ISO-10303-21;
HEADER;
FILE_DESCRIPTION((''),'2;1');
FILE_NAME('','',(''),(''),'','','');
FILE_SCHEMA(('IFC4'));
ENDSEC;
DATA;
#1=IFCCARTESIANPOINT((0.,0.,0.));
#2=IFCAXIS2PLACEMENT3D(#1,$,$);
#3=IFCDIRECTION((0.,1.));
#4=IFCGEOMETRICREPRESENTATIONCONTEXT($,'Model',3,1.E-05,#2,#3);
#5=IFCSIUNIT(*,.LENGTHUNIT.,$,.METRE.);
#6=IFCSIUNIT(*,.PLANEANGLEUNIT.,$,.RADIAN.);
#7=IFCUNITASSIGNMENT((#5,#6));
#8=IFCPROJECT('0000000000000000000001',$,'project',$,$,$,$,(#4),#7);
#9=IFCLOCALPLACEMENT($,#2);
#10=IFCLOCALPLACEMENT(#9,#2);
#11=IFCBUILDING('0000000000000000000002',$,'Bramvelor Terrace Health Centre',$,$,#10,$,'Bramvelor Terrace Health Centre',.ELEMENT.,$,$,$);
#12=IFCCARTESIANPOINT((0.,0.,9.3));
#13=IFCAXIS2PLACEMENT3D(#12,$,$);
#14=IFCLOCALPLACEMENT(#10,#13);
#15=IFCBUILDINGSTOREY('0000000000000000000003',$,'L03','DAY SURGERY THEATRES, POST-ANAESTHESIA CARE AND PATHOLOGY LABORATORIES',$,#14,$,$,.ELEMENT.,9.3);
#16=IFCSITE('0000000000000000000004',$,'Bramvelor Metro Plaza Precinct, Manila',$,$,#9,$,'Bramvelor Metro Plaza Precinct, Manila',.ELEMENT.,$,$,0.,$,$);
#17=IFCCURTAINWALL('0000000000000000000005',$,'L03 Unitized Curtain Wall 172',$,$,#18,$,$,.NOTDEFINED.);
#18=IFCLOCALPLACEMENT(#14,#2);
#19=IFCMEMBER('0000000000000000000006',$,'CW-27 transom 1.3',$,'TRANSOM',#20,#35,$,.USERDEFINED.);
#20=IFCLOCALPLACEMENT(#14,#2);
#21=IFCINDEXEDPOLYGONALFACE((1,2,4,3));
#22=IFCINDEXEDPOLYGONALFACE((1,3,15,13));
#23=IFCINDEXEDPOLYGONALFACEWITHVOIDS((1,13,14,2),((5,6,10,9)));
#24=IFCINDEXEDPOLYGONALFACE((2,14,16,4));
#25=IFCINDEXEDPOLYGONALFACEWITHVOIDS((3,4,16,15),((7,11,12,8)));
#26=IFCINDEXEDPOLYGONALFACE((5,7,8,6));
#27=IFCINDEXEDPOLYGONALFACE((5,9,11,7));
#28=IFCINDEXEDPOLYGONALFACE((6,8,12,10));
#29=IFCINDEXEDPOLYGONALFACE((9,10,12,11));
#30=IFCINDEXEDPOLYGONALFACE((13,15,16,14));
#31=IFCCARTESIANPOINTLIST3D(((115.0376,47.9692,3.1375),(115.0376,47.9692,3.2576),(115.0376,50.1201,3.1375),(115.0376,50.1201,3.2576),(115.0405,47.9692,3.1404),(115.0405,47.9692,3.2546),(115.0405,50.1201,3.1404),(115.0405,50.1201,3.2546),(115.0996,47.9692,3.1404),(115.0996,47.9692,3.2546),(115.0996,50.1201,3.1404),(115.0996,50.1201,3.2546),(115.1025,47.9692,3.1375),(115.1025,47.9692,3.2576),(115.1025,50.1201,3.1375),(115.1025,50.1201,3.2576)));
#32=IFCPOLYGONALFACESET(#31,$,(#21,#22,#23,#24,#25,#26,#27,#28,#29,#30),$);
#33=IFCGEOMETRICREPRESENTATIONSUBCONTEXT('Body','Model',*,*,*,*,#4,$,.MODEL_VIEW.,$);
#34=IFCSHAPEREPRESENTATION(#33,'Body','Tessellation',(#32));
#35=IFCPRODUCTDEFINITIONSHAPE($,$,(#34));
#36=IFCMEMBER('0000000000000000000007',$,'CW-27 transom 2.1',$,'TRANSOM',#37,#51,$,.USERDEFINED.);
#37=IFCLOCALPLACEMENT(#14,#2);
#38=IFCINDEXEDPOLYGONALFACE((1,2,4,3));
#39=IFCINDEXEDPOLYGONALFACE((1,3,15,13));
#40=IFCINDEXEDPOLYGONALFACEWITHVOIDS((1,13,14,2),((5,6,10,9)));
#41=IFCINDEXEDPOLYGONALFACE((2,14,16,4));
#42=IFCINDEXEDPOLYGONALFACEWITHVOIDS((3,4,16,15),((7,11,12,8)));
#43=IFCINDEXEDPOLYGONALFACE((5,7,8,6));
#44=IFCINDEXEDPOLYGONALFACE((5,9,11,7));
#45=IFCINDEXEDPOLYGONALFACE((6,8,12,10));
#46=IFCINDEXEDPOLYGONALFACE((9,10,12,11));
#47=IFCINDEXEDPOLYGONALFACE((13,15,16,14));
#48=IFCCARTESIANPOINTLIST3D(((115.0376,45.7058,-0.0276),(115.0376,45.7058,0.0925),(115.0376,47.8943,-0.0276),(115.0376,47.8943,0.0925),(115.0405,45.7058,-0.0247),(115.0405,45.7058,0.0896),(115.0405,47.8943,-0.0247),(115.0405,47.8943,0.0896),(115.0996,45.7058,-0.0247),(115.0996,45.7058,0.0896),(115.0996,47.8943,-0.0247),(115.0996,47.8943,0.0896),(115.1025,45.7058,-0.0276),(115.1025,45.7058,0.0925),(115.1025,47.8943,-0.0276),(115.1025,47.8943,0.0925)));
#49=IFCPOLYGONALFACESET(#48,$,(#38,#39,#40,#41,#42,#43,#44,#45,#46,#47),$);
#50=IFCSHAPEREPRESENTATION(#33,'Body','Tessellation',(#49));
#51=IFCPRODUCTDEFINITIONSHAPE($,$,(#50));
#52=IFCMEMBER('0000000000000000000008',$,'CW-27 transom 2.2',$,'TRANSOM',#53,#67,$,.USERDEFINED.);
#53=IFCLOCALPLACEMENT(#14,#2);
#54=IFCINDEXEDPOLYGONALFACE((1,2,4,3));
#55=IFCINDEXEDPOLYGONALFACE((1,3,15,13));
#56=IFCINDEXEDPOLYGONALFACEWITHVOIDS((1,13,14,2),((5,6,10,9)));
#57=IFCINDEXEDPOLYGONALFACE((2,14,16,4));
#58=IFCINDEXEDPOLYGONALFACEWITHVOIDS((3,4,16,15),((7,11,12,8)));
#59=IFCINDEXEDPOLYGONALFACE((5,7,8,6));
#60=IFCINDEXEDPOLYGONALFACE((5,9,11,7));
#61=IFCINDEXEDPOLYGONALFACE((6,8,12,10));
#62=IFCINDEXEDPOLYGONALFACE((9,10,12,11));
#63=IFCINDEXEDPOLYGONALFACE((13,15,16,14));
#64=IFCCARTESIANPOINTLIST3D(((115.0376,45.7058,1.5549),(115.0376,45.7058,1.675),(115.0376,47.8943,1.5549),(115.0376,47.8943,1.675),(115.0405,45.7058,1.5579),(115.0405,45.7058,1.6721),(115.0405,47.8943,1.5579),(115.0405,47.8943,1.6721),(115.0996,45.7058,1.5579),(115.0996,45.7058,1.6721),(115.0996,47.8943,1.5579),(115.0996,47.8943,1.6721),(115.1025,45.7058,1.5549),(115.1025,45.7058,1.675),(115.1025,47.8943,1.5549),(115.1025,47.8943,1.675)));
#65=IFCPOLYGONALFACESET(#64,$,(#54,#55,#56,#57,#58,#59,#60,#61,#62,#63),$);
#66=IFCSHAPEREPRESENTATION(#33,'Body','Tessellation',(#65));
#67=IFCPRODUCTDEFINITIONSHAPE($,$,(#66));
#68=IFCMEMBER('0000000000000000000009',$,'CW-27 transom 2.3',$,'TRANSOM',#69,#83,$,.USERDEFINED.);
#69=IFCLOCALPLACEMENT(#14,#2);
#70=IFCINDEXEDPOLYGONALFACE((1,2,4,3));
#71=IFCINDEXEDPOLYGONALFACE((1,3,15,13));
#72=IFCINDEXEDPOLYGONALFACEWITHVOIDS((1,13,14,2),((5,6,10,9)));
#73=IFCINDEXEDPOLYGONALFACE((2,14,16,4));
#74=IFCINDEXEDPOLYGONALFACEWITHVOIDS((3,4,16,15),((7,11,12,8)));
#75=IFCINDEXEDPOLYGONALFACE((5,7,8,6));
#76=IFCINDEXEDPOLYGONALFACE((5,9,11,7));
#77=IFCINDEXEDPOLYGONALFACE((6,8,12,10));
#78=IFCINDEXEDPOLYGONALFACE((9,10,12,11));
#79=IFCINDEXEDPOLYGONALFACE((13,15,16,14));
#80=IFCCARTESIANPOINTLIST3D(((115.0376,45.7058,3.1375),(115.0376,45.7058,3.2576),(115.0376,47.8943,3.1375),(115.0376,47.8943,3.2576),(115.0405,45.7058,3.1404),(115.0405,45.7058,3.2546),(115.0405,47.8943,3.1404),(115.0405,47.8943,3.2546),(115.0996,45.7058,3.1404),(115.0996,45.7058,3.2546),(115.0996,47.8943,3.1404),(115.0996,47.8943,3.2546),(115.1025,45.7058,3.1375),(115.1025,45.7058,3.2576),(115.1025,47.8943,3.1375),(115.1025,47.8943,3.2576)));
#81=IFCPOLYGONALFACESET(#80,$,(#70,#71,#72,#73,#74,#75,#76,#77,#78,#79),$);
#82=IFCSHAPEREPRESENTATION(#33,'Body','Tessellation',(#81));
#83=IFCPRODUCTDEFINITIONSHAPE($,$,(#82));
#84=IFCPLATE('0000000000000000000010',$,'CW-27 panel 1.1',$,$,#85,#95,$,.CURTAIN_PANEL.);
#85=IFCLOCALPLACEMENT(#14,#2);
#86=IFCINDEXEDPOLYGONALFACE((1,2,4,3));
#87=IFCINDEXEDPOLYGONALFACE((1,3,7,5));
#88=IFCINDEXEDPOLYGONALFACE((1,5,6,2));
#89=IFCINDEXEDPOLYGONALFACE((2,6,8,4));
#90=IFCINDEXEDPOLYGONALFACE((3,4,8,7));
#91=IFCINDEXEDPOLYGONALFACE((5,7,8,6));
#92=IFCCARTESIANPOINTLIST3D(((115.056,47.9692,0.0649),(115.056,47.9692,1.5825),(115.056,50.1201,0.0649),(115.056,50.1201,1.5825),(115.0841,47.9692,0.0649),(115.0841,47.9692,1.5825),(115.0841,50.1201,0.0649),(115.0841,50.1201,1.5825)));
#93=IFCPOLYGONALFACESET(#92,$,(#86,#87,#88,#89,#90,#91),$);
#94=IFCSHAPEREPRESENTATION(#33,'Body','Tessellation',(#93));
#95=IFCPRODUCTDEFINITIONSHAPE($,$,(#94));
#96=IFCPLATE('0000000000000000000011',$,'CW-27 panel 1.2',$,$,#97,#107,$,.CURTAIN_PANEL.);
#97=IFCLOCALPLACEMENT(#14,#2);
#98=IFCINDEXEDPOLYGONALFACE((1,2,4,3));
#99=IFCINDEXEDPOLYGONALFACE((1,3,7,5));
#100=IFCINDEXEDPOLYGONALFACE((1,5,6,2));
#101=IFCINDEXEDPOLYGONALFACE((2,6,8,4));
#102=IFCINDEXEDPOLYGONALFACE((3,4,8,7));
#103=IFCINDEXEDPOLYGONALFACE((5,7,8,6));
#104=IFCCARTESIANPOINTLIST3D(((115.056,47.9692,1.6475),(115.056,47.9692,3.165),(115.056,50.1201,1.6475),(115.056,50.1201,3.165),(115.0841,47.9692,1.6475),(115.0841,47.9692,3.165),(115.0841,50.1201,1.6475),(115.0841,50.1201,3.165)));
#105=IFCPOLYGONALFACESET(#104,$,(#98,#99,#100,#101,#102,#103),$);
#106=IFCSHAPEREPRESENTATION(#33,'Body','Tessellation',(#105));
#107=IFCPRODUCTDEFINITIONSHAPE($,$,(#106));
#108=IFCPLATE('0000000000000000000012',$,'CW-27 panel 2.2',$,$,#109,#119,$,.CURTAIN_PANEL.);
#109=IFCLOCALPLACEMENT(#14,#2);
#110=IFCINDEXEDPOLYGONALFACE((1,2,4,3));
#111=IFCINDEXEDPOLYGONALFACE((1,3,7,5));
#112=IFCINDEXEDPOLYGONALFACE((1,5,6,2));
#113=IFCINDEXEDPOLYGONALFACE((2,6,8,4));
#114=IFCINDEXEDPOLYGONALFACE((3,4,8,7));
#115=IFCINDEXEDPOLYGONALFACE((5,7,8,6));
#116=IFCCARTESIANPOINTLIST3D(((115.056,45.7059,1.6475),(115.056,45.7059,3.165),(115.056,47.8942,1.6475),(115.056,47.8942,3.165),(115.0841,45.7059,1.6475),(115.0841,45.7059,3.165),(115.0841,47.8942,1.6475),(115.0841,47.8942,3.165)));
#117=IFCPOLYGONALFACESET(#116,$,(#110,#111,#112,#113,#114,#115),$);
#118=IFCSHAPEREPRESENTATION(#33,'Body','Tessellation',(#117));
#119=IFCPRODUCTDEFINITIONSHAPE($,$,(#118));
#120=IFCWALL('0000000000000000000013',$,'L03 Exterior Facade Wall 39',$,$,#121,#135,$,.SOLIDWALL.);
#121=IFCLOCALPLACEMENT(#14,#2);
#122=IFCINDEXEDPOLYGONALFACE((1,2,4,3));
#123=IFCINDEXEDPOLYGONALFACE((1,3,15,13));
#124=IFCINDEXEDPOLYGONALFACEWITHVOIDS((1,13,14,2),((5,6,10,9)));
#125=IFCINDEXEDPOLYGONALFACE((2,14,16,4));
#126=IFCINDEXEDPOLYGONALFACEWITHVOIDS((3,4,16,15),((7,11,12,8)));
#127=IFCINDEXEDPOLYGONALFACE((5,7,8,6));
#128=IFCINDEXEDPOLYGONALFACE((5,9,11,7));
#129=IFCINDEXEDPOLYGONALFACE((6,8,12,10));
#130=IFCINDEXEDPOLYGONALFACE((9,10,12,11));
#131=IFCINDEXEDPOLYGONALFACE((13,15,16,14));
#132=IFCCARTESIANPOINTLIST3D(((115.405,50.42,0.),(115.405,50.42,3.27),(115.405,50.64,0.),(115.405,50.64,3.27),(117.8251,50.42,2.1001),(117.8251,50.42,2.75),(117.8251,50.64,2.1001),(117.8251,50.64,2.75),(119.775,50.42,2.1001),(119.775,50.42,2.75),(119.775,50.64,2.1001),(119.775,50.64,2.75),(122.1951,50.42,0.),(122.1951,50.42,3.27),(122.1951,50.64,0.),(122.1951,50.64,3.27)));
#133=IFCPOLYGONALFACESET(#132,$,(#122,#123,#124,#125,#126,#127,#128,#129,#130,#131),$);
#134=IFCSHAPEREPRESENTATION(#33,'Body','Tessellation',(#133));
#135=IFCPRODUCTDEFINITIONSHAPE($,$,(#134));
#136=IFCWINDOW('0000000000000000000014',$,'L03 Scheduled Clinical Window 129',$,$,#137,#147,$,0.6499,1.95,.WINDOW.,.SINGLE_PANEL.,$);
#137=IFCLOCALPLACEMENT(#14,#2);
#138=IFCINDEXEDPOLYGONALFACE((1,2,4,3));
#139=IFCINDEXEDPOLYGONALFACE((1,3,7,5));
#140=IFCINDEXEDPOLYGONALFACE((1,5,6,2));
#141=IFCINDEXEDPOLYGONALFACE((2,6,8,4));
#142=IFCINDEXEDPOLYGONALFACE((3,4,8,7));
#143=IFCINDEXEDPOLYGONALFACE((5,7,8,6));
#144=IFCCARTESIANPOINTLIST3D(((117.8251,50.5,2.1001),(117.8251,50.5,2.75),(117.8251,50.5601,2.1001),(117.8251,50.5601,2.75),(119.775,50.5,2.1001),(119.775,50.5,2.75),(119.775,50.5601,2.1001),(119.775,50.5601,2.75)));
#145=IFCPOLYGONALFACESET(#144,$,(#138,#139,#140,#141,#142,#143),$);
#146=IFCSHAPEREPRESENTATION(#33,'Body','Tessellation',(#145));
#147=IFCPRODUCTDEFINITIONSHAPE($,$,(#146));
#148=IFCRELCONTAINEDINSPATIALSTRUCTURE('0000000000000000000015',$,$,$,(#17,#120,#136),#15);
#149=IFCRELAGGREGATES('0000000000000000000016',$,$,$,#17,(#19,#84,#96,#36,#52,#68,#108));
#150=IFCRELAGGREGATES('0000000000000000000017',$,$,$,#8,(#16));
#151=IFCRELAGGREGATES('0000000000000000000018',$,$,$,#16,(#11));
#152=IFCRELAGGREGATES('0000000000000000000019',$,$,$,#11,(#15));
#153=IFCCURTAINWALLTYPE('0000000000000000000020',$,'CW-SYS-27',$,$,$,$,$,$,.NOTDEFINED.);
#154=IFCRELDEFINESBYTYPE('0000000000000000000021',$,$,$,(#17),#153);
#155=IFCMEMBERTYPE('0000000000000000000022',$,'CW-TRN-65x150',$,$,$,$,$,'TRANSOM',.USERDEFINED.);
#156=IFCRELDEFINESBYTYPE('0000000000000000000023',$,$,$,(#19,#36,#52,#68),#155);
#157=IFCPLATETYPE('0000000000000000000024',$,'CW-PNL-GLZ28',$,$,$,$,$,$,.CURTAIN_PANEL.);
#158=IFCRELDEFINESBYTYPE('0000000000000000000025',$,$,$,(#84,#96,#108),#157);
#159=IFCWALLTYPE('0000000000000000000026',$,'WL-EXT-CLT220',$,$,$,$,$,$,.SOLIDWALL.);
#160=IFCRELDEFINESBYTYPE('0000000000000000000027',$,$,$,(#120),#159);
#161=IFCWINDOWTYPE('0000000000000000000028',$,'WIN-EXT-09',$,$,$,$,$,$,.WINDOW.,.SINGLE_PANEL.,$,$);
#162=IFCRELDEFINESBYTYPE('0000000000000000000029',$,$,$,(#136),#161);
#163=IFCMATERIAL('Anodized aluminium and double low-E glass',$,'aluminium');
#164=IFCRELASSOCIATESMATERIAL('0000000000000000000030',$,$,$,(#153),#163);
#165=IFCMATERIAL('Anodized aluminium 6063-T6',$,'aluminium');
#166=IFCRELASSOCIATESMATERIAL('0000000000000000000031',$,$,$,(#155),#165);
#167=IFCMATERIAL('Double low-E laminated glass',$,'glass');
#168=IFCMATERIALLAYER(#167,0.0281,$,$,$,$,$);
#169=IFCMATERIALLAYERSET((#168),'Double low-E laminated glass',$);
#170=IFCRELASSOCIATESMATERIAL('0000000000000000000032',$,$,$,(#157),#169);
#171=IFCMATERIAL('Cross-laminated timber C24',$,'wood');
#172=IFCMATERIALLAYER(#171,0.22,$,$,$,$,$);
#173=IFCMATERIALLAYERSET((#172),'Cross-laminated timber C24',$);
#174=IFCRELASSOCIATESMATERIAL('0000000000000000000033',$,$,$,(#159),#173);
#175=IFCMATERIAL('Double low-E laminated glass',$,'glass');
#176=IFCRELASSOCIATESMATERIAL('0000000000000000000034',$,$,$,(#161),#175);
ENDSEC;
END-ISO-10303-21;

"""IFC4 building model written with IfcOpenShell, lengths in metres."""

from ifc_helpers import new_model, si_unit, direction, frame, frame_2d, origin, origin_2d, place, context, subcontext, project, spatial, rectangle, hollow_rectangle, extrude, material, layer, layer_set, material_profile, profile_set, type_object, element, fill, aggregate, save


model = new_model("IFC4")

# Units and contexts
model_context = context("Model", 3, precision=1e-05, world=origin(), true_north=direction((0.0, 1.0)))
body_context = subcontext(model_context, "Body", "Model", "MODEL_VIEW")
ifc_project = project(units=[si_unit("LENGTHUNIT", "METRE"), si_unit("PLANEANGLEUNIT", "RADIAN")], contexts=[model_context])

# Site, building, storey
site_placement = place(None, origin())
site = spatial("IfcSite", under=ifc_project, at=site_placement, Name="Bramvelor Metro Plaza Precinct, Manila", LongName="Bramvelor Metro Plaza Precinct, Manila", CompositionType="ELEMENT", RefElevation=0.0)
building_placement = place(site_placement, origin())
building = spatial("IfcBuilding", under=site, at=building_placement, Name="Bramvelor Terrace Health Centre", LongName="Bramvelor Terrace Health Centre", CompositionType="ELEMENT")
storey_placement = place(building_placement, frame((0.0, 0.0, 9.3)))
storey = spatial("IfcBuildingStorey", under=building, at=storey_placement, Name="L03", Description="DAY SURGERY THEATRES, POST-ANAESTHESIA CARE AND PATHOLOGY LABORATORIES", CompositionType="ELEMENT", Elevation=9.3)

# Curtain wall, members, plates
ifc_material_1 = material(Name="Anodized aluminium and double low-E glass", Category="aluminium")
curtain_wall_type = type_object("IfcCurtainWallType", Name="CW-SYS-27", PredefinedType="NOTDEFINED", material=ifc_material_1)
curtain_wall_placement = place(storey_placement, origin())
curtain_wall = element("IfcCurtainWall", 1, at=curtain_wall_placement, inside=storey, type_object=curtain_wall_type, Name="L03 Unitized Curtain Wall 172", PredefinedType="NOTDEFINED")
ifc_material_2 = material(Name="Anodized aluminium 6063-T6", Category="aluminium")
ifc_material_profile_1 = material_profile(ifc_material_2, hollow_rectangle(XDim=0.0649, YDim=0.1201, WallThickness=0.0029, at=origin_2d()), Name="ALU-TRN 65x120x3.0")
ifc_profile_set_1 = profile_set([ifc_material_profile_1], Name="Anodized aluminium 6063-T6")
member_type_1 = type_object("IfcMemberType", Name="CW-TRN-65x150", ElementType="TRANSOM", PredefinedType="USERDEFINED", material=ifc_profile_set_1)
member_1_placement = place(storey_placement, frame((115.0701, 50.1201, 3.1975), z_axis=(0.0, -1.0, 0.0), x_axis=(1.0, 0.0, 0.0)))
member_1 = element("IfcMember", 2, at=member_1_placement, type_object=member_type_1, Name="CW-27 transom 1.3", ObjectType="TRANSOM", PredefinedType="USERDEFINED", context=body_context, shape_type="SweptSolid", body=[
    extrude(hollow_rectangle(XDim=0.0649, YDim=0.1201, WallThickness=0.0029, at=origin_2d()), origin(), (0.0, 0.0, 1.0), 2.1509),
])
member_2_placement = place(storey_placement, frame((115.0701, 47.8943, 0.0325), z_axis=(0.0, -1.0, 0.0), x_axis=(1.0, 0.0, 0.0)))
member_2 = element("IfcMember", 3, at=member_2_placement, type_object=member_type_1, Name="CW-27 transom 2.1", ObjectType="TRANSOM", PredefinedType="USERDEFINED", context=body_context, shape_type="SweptSolid", body=[
    extrude(hollow_rectangle(XDim=0.0649, YDim=0.1201, WallThickness=0.0029, at=origin_2d()), origin(), (0.0, 0.0, 1.0), 2.1885),
])
member_3_placement = place(storey_placement, frame((115.0701, 47.8943, 1.615), z_axis=(0.0, -1.0, 0.0), x_axis=(1.0, 0.0, 0.0)))
member_3 = element("IfcMember", 4, at=member_3_placement, type_object=member_type_1, Name="CW-27 transom 2.2", ObjectType="TRANSOM", PredefinedType="USERDEFINED", context=body_context, shape_type="SweptSolid", body=[
    extrude(hollow_rectangle(XDim=0.0649, YDim=0.1201, WallThickness=0.0029, at=origin_2d()), origin(), (0.0, 0.0, 1.0), 2.1885),
])
member_4_placement = place(storey_placement, frame((115.0701, 47.8943, 3.1975), z_axis=(0.0, -1.0, 0.0), x_axis=(1.0, 0.0, 0.0)))
member_4 = element("IfcMember", 5, at=member_4_placement, type_object=member_type_1, Name="CW-27 transom 2.3", ObjectType="TRANSOM", PredefinedType="USERDEFINED", context=body_context, shape_type="SweptSolid", body=[
    extrude(hollow_rectangle(XDim=0.0649, YDim=0.1201, WallThickness=0.0029, at=origin_2d()), origin(), (0.0, 0.0, 1.0), 2.1885),
])
ifc_material_3 = material(Name="Double low-E laminated glass", Category="glass")
ifc_layer_1 = layer(ifc_material_3, 0.0281)
ifc_layer_set_1 = layer_set([ifc_layer_1], Name="Double low-E laminated glass")
plate_type = type_object("IfcPlateType", Name="CW-PNL-GLZ28", PredefinedType="CURTAIN_PANEL", material=ifc_layer_set_1)
plate_1_placement = place(storey_placement, frame((115.0701, 49.0447, 0.0649), z_axis=(0.0, 0.0, 1.0), x_axis=(0.0, -1.0, 0.0)))
plate_1 = element("IfcPlate", 6, at=plate_1_placement, type_object=plate_type, Name="CW-27 panel 1.1", PredefinedType="CURTAIN_PANEL", context=body_context, shape_type="SweptSolid", body=[
    extrude(rectangle(XDim=2.1509, YDim=0.0281, at=origin_2d()), origin(), (0.0, 0.0, 1.0), 1.5176),
])
plate_2_placement = place(storey_placement, frame((115.0701, 49.0447, 1.6475), z_axis=(0.0, 0.0, 1.0), x_axis=(0.0, -1.0, 0.0)))
plate_2 = element("IfcPlate", 7, at=plate_2_placement, type_object=plate_type, Name="CW-27 panel 1.2", PredefinedType="CURTAIN_PANEL", context=body_context, shape_type="SweptSolid", body=[
    extrude(rectangle(XDim=2.1509, YDim=0.0281, at=origin_2d()), origin(), (0.0, 0.0, 1.0), 1.5176),
])
plate_3_placement = place(storey_placement, frame((115.0701, 46.8, 1.6475), z_axis=(0.0, 0.0, 1.0), x_axis=(0.0, -1.0, 0.0)))
plate_3 = element("IfcPlate", 8, at=plate_3_placement, type_object=plate_type, Name="CW-27 panel 2.2", PredefinedType="CURTAIN_PANEL", context=body_context, shape_type="SweptSolid", body=[
    extrude(rectangle(XDim=2.1882, YDim=0.0281, at=origin_2d()), origin(), (0.0, 0.0, 1.0), 1.5176),
])
aggregate(curtain_wall, [member_1, plate_1, plate_2, member_2, member_3, member_4, plate_3])

# Wall, opening, window
ifc_material_4 = material(Name="Cross-laminated timber C24", Category="wood")
ifc_layer_2 = layer(ifc_material_4, 0.22)
ifc_layer_set_2 = layer_set([ifc_layer_2], Name="Cross-laminated timber C24")
wall_type = type_object("IfcWallType", Name="WL-EXT-CLT220", PredefinedType="SOLIDWALL", material=ifc_layer_set_2)
wall_placement = place(storey_placement, frame((122.1951, 50.53, 0.0), z_axis=(0.0, 0.0, 1.0), x_axis=(-1.0, 0.0, 0.0)))
wall = element("IfcWall", 9, at=wall_placement, inside=storey, type_object=wall_type, Name="L03 Exterior Facade Wall 39", PredefinedType="SOLIDWALL", context=body_context, shape_type="SweptSolid", body=[
    extrude(rectangle(XDim=6.79, YDim=0.22, at=frame_2d((3.395, 0.0))), origin(), (0.0, 0.0, 1.0), 3.27),
])
opening_placement = place(wall_placement, frame((2.4199, 0.0, 2.1001)))
opening = element("IfcOpeningElement", 10, at=opening_placement, cuts=wall, PredefinedType="OPENING", context=body_context, shape_type="SweptSolid", body=[
    extrude(rectangle(XDim=1.95, YDim=0.6499, at=frame_2d((0.9751, 0.325))), frame((0.0, 0.1199, 0.0), z_axis=(0.0, -1.0, 0.0), x_axis=(1.0, 0.0, 0.0)), (0.0, 0.0, 1.0), 0.24),
])
ifc_material_5 = material(Name="Double low-E laminated glass", Category="glass")
window_type = type_object("IfcWindowType", Name="WIN-EXT-09", PartitioningType="SINGLE_PANEL", PredefinedType="WINDOW", material=ifc_material_5)
window_placement = place(opening_placement, origin())
window = element("IfcWindow", 11, at=window_placement, inside=storey, type_object=window_type, Name="L03 Scheduled Clinical Window 129", OverallHeight=0.6499, OverallWidth=1.95, PartitioningType="SINGLE_PANEL", PredefinedType="WINDOW", context=body_context, shape_type="SweptSolid", body=[
    extrude(rectangle(XDim=1.95, YDim=0.6499, at=frame_2d((0.9751, 0.325))), frame((0.0, 0.03, 0.0), z_axis=(0.0, -1.0, 0.0), x_axis=(1.0, 0.0, 0.0)), (0.0, 0.0, 1.0), 0.0601),
])
fill(opening, window)

save(model, "model.ifc")
